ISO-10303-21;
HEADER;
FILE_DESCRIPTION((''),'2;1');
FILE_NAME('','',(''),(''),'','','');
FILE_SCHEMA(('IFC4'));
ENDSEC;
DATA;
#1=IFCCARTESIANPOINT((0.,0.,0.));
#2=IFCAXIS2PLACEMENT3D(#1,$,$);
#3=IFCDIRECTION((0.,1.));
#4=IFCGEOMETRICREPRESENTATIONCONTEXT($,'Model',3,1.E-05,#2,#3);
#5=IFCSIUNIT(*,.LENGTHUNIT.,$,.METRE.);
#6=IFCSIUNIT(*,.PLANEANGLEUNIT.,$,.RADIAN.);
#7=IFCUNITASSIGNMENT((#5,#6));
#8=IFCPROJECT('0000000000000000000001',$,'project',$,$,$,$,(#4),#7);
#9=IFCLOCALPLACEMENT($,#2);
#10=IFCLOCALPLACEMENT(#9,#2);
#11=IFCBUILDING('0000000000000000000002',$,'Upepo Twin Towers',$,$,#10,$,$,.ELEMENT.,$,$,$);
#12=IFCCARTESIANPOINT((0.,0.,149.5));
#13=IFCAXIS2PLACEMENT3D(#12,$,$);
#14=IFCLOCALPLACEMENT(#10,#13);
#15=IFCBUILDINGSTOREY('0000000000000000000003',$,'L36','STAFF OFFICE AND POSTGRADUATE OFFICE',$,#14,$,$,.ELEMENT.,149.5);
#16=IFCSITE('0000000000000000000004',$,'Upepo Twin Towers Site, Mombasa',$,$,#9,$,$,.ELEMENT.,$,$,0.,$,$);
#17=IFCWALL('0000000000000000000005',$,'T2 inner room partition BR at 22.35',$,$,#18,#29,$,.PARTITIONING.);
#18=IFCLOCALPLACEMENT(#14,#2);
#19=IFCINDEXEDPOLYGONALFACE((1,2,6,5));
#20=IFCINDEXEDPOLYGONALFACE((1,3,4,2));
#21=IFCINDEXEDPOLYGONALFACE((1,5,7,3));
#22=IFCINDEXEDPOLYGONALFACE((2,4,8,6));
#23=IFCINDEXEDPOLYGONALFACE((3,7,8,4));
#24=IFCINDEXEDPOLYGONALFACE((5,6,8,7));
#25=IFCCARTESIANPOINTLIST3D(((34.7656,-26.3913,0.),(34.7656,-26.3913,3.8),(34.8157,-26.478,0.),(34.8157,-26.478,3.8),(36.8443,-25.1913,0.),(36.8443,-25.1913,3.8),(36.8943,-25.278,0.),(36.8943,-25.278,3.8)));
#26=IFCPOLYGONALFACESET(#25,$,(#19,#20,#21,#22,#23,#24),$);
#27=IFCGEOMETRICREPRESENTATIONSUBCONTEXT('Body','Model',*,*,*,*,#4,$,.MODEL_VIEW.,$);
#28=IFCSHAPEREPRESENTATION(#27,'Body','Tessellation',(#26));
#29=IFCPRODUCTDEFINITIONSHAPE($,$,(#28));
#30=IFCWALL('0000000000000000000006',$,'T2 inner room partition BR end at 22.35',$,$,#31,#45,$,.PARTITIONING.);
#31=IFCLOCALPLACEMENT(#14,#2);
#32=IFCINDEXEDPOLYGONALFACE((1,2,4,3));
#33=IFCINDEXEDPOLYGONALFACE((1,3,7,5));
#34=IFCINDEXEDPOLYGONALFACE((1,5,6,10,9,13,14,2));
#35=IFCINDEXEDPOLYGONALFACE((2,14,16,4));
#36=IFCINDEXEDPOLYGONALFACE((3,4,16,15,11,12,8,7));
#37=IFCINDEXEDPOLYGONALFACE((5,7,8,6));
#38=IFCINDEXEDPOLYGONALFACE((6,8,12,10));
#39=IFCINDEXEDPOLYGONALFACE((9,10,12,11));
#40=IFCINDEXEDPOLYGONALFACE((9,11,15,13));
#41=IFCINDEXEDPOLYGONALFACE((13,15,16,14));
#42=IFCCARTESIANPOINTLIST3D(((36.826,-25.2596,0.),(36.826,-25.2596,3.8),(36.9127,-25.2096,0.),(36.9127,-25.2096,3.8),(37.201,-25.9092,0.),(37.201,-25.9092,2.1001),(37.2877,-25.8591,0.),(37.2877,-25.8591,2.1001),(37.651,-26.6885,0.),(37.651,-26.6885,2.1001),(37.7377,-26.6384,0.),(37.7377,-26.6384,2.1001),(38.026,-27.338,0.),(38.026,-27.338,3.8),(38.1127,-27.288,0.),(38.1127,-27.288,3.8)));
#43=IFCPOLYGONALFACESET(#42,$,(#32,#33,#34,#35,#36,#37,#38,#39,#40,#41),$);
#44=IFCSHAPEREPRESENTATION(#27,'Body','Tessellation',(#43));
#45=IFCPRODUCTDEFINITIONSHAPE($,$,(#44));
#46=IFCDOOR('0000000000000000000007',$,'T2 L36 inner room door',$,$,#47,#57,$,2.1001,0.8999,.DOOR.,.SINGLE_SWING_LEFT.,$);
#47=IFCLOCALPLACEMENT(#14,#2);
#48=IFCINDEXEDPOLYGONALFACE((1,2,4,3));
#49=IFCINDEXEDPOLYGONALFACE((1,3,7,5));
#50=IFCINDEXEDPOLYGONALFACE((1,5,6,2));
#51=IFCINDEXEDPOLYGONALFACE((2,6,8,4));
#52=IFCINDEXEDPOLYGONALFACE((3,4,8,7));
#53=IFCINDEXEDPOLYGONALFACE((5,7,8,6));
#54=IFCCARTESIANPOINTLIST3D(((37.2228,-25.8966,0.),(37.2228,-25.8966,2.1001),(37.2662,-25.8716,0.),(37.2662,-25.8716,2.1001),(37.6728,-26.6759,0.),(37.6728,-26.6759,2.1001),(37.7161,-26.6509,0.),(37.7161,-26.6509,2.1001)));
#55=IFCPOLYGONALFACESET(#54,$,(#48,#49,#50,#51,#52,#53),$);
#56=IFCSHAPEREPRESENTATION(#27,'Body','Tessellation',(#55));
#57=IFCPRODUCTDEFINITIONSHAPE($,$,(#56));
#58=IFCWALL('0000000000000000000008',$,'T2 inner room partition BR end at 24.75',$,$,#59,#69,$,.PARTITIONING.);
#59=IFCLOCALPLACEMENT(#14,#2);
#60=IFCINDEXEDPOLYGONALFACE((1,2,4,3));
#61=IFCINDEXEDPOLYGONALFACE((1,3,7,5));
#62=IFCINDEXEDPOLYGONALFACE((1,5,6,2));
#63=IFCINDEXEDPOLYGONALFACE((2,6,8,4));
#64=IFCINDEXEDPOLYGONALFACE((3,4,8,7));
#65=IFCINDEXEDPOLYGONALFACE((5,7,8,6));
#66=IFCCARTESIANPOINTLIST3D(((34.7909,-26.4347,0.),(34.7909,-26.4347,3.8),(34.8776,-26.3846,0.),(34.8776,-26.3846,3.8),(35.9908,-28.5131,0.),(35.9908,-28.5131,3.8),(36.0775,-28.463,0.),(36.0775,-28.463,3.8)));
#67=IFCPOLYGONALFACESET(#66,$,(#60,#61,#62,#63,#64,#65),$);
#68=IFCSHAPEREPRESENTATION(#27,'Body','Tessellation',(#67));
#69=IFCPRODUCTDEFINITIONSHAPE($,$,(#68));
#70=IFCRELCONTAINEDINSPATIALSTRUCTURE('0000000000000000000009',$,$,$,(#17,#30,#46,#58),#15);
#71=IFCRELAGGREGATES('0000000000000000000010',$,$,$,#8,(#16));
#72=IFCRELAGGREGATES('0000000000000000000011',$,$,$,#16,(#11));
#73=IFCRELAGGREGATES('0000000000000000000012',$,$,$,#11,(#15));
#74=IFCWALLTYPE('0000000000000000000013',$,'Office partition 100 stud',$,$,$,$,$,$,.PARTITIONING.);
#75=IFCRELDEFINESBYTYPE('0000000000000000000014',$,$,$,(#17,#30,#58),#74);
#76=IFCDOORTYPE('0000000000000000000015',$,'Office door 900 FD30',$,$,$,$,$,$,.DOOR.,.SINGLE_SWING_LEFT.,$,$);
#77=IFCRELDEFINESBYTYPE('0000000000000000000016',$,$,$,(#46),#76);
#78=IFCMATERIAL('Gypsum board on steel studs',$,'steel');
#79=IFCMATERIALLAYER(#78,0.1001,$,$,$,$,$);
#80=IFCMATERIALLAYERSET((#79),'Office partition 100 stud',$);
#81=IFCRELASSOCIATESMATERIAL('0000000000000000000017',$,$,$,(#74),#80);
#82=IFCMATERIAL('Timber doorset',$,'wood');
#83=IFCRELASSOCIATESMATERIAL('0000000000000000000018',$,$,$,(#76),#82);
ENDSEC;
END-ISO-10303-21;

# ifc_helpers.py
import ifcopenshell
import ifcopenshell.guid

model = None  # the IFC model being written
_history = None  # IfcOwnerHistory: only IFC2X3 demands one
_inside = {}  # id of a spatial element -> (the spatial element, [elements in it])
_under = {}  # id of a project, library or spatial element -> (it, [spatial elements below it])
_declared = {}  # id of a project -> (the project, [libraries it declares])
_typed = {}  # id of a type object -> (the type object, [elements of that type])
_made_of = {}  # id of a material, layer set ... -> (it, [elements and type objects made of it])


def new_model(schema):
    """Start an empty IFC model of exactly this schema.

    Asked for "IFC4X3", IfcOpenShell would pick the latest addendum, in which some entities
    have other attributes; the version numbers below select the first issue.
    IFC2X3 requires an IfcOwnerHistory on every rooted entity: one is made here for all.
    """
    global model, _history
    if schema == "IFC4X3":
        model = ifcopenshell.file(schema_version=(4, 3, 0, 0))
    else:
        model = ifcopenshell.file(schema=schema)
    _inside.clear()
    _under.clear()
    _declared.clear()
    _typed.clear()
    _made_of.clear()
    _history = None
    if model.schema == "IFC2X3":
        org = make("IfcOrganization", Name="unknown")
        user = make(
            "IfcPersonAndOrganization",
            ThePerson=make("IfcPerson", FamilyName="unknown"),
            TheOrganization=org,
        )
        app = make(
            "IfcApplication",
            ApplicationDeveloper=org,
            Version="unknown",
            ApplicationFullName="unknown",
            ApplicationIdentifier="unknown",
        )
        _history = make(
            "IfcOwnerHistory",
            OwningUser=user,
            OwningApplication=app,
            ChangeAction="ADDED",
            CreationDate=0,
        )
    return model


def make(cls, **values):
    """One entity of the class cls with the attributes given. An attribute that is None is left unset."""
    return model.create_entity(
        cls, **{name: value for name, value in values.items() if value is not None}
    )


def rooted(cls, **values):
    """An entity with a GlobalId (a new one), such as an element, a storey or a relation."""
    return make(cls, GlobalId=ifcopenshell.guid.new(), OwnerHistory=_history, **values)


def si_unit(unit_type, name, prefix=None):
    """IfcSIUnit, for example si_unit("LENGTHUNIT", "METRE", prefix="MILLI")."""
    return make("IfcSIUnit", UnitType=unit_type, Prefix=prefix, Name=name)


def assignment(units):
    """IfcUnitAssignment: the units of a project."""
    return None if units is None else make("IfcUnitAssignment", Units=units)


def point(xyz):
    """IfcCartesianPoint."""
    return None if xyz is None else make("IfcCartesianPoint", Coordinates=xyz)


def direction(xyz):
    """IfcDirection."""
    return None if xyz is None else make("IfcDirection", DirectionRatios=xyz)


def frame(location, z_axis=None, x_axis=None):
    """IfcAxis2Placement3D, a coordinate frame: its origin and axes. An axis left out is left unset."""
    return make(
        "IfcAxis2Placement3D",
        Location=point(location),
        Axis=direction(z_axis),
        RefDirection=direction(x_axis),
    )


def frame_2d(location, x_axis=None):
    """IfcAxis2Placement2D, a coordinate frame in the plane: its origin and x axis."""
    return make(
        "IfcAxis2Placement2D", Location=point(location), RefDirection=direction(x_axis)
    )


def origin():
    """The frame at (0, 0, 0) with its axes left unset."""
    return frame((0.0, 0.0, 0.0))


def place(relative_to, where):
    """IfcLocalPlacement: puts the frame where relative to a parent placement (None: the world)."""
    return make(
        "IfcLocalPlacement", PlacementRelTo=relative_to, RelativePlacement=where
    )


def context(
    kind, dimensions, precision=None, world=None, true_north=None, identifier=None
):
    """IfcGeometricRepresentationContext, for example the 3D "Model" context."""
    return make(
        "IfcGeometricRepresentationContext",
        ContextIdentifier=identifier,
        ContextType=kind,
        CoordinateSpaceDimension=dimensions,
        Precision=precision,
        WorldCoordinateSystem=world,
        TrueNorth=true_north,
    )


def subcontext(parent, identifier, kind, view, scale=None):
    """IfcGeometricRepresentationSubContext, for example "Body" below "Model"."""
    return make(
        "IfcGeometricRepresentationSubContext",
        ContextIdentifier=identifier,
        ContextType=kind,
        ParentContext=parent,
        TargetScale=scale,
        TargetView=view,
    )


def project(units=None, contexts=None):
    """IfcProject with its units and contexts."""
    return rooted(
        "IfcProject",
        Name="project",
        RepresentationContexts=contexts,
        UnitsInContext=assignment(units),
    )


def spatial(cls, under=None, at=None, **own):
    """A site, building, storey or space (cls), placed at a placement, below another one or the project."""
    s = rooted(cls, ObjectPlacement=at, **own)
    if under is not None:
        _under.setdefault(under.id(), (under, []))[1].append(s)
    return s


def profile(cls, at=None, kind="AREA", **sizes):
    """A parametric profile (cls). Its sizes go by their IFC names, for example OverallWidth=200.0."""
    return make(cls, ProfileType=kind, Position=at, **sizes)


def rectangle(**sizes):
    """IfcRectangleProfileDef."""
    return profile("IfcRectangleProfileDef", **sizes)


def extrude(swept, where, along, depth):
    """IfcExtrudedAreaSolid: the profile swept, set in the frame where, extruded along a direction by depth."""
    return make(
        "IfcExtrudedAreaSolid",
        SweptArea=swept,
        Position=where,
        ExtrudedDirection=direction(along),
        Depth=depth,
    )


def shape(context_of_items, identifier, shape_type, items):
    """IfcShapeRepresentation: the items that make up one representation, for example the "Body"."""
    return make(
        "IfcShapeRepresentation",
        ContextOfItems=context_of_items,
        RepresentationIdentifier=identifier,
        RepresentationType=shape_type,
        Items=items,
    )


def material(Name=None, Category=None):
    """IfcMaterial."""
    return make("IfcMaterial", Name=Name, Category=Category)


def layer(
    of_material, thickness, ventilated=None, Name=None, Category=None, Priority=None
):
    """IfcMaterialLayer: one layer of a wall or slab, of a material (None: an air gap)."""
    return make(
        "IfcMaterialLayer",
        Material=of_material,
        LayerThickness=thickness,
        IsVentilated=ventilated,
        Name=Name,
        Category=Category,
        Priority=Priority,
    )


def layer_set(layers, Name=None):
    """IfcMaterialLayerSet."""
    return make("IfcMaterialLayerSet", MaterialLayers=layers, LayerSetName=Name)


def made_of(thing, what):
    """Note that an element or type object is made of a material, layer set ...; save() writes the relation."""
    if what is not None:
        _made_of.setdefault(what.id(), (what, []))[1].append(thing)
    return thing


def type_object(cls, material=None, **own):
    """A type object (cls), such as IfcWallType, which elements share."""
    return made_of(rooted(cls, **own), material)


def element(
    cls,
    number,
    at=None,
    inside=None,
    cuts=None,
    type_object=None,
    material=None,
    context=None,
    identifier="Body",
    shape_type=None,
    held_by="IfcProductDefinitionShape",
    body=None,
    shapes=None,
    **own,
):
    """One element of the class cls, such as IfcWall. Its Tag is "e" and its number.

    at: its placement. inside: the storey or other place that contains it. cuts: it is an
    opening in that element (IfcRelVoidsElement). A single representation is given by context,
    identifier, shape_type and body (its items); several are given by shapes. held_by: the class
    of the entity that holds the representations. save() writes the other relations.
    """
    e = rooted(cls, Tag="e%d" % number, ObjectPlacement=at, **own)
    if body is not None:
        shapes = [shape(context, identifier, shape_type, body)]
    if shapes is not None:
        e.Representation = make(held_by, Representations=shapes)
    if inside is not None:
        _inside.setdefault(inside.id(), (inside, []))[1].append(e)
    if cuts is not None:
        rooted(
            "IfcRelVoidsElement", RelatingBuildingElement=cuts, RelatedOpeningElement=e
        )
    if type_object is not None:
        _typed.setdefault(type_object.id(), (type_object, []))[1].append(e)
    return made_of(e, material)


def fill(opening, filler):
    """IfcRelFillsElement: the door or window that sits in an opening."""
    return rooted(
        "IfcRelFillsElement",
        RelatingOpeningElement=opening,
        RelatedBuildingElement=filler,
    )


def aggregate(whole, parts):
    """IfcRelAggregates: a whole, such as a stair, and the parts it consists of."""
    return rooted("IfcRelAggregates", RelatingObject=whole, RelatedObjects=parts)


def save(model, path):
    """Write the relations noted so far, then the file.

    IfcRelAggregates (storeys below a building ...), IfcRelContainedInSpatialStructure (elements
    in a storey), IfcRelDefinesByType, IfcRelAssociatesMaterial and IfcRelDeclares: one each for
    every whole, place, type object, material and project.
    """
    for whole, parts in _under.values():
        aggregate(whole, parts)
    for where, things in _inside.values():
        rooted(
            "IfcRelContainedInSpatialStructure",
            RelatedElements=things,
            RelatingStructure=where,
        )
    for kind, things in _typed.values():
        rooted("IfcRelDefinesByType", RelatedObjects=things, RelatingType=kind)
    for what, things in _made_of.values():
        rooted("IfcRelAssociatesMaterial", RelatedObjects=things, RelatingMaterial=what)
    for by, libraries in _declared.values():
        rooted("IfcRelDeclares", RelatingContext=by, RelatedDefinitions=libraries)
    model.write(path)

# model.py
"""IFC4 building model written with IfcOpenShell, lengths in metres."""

from ifc_helpers import new_model, si_unit, direction, frame, frame_2d, origin, place, context, subcontext, project, spatial, rectangle, extrude, material, layer, layer_set, type_object, element, fill, save


model = new_model("IFC4")

# Units and contexts
model_context = context("Model", 3, precision=1e-05, world=origin(), true_north=direction((0.0, 1.0)))
body_context = subcontext(model_context, "Body", "Model", "MODEL_VIEW")
ifc_project = project(units=[si_unit("LENGTHUNIT", "METRE"), si_unit("PLANEANGLEUNIT", "RADIAN")], contexts=[model_context])

# Site, building, storey
site_placement = place(None, origin())
site = spatial("IfcSite", under=ifc_project, at=site_placement, Name="Upepo Twin Towers Site, Mombasa", CompositionType="ELEMENT", RefElevation=0.0)
building_placement = place(site_placement, origin())
building = spatial("IfcBuilding", under=site, at=building_placement, Name="Upepo Twin Towers", CompositionType="ELEMENT")
storey_placement = place(building_placement, frame((0.0, 0.0, 149.5)))
storey = spatial("IfcBuildingStorey", under=building, at=storey_placement, Name="L36", Description="STAFF OFFICE AND POSTGRADUATE OFFICE", CompositionType="ELEMENT", Elevation=149.5)

# Shared definitions
ifc_material_1 = material(Name="Gypsum board on steel studs", Category="steel")
ifc_layer_1 = layer(ifc_material_1, 0.1001)
ifc_layer_set_1 = layer_set([ifc_layer_1], Name="Office partition 100 stud")
wall_type_1 = type_object("IfcWallType", Name="Office partition 100 stud", PredefinedType="PARTITIONING", material=ifc_layer_set_1)
ifc_material_2 = material(Name="Timber doorset", Category="wood")
door_type = type_object("IfcDoorType", Name="Office door 900 FD30", OperationType="SINGLE_SWING_LEFT", PredefinedType="DOOR", material=ifc_material_2)

# Wall
wall_1_placement = place(storey_placement, frame((36.8694, -25.2346, 0.0), z_axis=(0.0, 0.0, 1.0), x_axis=(-0.86605, -0.499957, 0.0)))
element("IfcWall", 1, at=wall_1_placement, inside=storey, type_object=wall_type_1, Name="T2 inner room partition BR at 22.35", PredefinedType="PARTITIONING", context=body_context, shape_type="SweptSolid", body=[
    extrude(rectangle(XDim=2.4001, YDim=0.1001, at=frame_2d((1.2002, 0.0))), origin(), (0.0, 0.0, 1.0), 3.8),
])

# Wall, opening, door
wall_2_placement = place(storey_placement, frame((38.0693, -27.313, 0.0), z_axis=(0.0, 0.0, 1.0), x_axis=(-0.500001, 0.866025, 0.0)))
wall_2 = element("IfcWall", 2, at=wall_2_placement, inside=storey, type_object=wall_type_1, Name="T2 inner room partition BR end at 22.35", PredefinedType="PARTITIONING", context=body_context, shape_type="SweptSolid", body=[
    extrude(rectangle(XDim=2.3999, YDim=0.1001, at=frame_2d((1.2, 0.0))), origin(), (0.0, 0.0, 1.0), 3.8),
])
opening_1_placement = place(wall_2_placement, frame((0.75, 0.0, 0.0)))
opening_1 = element("IfcOpeningElement", 3, at=opening_1_placement, cuts=wall_2, PredefinedType="OPENING", context=body_context, shape_type="SweptSolid", body=[
    extrude(rectangle(XDim=0.8999, YDim=2.1001, at=frame_2d((0.45, 1.05))), frame((0.0, 0.0601, 0.0), z_axis=(0.0, -1.0, 0.0), x_axis=(1.0, 0.0, 0.0)), (0.0, 0.0, 1.0), 0.1201),
])
door_1_placement = place(opening_1_placement, origin())
door_1 = element("IfcDoor", 4, at=door_1_placement, inside=storey, type_object=door_type, Name="T2 L36 inner room door", OperationType="SINGLE_SWING_LEFT", OverallHeight=2.1001, OverallWidth=0.8999, PredefinedType="DOOR", context=body_context, shape_type="SweptSolid", body=[
    extrude(rectangle(XDim=0.8999, YDim=2.1001, at=frame_2d((0.45, 1.05))), frame((0.0, 0.0249, 0.0), z_axis=(0.0, -1.0, 0.0), x_axis=(1.0, 0.0, 0.0)), (0.0, 0.0, 1.0), 0.05),
])
fill(opening_1, door_1)

# Wall
wall_3_placement = place(storey_placement, frame((36.0342, -28.488, 0.0), z_axis=(0.0, 0.0, 1.0), x_axis=(-0.500001, 0.866025, 0.0)))
element("IfcWall", 5, at=wall_3_placement, inside=storey, type_object=wall_type_1, Name="T2 inner room partition BR end at 24.75", PredefinedType="PARTITIONING", context=body_context, shape_type="SweptSolid", body=[
    extrude(rectangle(XDim=2.3999, YDim=0.1001, at=frame_2d((1.2, 0.0))), origin(), (0.0, 0.0, 1.0), 3.8),
])

save(model, "model.ifc")
